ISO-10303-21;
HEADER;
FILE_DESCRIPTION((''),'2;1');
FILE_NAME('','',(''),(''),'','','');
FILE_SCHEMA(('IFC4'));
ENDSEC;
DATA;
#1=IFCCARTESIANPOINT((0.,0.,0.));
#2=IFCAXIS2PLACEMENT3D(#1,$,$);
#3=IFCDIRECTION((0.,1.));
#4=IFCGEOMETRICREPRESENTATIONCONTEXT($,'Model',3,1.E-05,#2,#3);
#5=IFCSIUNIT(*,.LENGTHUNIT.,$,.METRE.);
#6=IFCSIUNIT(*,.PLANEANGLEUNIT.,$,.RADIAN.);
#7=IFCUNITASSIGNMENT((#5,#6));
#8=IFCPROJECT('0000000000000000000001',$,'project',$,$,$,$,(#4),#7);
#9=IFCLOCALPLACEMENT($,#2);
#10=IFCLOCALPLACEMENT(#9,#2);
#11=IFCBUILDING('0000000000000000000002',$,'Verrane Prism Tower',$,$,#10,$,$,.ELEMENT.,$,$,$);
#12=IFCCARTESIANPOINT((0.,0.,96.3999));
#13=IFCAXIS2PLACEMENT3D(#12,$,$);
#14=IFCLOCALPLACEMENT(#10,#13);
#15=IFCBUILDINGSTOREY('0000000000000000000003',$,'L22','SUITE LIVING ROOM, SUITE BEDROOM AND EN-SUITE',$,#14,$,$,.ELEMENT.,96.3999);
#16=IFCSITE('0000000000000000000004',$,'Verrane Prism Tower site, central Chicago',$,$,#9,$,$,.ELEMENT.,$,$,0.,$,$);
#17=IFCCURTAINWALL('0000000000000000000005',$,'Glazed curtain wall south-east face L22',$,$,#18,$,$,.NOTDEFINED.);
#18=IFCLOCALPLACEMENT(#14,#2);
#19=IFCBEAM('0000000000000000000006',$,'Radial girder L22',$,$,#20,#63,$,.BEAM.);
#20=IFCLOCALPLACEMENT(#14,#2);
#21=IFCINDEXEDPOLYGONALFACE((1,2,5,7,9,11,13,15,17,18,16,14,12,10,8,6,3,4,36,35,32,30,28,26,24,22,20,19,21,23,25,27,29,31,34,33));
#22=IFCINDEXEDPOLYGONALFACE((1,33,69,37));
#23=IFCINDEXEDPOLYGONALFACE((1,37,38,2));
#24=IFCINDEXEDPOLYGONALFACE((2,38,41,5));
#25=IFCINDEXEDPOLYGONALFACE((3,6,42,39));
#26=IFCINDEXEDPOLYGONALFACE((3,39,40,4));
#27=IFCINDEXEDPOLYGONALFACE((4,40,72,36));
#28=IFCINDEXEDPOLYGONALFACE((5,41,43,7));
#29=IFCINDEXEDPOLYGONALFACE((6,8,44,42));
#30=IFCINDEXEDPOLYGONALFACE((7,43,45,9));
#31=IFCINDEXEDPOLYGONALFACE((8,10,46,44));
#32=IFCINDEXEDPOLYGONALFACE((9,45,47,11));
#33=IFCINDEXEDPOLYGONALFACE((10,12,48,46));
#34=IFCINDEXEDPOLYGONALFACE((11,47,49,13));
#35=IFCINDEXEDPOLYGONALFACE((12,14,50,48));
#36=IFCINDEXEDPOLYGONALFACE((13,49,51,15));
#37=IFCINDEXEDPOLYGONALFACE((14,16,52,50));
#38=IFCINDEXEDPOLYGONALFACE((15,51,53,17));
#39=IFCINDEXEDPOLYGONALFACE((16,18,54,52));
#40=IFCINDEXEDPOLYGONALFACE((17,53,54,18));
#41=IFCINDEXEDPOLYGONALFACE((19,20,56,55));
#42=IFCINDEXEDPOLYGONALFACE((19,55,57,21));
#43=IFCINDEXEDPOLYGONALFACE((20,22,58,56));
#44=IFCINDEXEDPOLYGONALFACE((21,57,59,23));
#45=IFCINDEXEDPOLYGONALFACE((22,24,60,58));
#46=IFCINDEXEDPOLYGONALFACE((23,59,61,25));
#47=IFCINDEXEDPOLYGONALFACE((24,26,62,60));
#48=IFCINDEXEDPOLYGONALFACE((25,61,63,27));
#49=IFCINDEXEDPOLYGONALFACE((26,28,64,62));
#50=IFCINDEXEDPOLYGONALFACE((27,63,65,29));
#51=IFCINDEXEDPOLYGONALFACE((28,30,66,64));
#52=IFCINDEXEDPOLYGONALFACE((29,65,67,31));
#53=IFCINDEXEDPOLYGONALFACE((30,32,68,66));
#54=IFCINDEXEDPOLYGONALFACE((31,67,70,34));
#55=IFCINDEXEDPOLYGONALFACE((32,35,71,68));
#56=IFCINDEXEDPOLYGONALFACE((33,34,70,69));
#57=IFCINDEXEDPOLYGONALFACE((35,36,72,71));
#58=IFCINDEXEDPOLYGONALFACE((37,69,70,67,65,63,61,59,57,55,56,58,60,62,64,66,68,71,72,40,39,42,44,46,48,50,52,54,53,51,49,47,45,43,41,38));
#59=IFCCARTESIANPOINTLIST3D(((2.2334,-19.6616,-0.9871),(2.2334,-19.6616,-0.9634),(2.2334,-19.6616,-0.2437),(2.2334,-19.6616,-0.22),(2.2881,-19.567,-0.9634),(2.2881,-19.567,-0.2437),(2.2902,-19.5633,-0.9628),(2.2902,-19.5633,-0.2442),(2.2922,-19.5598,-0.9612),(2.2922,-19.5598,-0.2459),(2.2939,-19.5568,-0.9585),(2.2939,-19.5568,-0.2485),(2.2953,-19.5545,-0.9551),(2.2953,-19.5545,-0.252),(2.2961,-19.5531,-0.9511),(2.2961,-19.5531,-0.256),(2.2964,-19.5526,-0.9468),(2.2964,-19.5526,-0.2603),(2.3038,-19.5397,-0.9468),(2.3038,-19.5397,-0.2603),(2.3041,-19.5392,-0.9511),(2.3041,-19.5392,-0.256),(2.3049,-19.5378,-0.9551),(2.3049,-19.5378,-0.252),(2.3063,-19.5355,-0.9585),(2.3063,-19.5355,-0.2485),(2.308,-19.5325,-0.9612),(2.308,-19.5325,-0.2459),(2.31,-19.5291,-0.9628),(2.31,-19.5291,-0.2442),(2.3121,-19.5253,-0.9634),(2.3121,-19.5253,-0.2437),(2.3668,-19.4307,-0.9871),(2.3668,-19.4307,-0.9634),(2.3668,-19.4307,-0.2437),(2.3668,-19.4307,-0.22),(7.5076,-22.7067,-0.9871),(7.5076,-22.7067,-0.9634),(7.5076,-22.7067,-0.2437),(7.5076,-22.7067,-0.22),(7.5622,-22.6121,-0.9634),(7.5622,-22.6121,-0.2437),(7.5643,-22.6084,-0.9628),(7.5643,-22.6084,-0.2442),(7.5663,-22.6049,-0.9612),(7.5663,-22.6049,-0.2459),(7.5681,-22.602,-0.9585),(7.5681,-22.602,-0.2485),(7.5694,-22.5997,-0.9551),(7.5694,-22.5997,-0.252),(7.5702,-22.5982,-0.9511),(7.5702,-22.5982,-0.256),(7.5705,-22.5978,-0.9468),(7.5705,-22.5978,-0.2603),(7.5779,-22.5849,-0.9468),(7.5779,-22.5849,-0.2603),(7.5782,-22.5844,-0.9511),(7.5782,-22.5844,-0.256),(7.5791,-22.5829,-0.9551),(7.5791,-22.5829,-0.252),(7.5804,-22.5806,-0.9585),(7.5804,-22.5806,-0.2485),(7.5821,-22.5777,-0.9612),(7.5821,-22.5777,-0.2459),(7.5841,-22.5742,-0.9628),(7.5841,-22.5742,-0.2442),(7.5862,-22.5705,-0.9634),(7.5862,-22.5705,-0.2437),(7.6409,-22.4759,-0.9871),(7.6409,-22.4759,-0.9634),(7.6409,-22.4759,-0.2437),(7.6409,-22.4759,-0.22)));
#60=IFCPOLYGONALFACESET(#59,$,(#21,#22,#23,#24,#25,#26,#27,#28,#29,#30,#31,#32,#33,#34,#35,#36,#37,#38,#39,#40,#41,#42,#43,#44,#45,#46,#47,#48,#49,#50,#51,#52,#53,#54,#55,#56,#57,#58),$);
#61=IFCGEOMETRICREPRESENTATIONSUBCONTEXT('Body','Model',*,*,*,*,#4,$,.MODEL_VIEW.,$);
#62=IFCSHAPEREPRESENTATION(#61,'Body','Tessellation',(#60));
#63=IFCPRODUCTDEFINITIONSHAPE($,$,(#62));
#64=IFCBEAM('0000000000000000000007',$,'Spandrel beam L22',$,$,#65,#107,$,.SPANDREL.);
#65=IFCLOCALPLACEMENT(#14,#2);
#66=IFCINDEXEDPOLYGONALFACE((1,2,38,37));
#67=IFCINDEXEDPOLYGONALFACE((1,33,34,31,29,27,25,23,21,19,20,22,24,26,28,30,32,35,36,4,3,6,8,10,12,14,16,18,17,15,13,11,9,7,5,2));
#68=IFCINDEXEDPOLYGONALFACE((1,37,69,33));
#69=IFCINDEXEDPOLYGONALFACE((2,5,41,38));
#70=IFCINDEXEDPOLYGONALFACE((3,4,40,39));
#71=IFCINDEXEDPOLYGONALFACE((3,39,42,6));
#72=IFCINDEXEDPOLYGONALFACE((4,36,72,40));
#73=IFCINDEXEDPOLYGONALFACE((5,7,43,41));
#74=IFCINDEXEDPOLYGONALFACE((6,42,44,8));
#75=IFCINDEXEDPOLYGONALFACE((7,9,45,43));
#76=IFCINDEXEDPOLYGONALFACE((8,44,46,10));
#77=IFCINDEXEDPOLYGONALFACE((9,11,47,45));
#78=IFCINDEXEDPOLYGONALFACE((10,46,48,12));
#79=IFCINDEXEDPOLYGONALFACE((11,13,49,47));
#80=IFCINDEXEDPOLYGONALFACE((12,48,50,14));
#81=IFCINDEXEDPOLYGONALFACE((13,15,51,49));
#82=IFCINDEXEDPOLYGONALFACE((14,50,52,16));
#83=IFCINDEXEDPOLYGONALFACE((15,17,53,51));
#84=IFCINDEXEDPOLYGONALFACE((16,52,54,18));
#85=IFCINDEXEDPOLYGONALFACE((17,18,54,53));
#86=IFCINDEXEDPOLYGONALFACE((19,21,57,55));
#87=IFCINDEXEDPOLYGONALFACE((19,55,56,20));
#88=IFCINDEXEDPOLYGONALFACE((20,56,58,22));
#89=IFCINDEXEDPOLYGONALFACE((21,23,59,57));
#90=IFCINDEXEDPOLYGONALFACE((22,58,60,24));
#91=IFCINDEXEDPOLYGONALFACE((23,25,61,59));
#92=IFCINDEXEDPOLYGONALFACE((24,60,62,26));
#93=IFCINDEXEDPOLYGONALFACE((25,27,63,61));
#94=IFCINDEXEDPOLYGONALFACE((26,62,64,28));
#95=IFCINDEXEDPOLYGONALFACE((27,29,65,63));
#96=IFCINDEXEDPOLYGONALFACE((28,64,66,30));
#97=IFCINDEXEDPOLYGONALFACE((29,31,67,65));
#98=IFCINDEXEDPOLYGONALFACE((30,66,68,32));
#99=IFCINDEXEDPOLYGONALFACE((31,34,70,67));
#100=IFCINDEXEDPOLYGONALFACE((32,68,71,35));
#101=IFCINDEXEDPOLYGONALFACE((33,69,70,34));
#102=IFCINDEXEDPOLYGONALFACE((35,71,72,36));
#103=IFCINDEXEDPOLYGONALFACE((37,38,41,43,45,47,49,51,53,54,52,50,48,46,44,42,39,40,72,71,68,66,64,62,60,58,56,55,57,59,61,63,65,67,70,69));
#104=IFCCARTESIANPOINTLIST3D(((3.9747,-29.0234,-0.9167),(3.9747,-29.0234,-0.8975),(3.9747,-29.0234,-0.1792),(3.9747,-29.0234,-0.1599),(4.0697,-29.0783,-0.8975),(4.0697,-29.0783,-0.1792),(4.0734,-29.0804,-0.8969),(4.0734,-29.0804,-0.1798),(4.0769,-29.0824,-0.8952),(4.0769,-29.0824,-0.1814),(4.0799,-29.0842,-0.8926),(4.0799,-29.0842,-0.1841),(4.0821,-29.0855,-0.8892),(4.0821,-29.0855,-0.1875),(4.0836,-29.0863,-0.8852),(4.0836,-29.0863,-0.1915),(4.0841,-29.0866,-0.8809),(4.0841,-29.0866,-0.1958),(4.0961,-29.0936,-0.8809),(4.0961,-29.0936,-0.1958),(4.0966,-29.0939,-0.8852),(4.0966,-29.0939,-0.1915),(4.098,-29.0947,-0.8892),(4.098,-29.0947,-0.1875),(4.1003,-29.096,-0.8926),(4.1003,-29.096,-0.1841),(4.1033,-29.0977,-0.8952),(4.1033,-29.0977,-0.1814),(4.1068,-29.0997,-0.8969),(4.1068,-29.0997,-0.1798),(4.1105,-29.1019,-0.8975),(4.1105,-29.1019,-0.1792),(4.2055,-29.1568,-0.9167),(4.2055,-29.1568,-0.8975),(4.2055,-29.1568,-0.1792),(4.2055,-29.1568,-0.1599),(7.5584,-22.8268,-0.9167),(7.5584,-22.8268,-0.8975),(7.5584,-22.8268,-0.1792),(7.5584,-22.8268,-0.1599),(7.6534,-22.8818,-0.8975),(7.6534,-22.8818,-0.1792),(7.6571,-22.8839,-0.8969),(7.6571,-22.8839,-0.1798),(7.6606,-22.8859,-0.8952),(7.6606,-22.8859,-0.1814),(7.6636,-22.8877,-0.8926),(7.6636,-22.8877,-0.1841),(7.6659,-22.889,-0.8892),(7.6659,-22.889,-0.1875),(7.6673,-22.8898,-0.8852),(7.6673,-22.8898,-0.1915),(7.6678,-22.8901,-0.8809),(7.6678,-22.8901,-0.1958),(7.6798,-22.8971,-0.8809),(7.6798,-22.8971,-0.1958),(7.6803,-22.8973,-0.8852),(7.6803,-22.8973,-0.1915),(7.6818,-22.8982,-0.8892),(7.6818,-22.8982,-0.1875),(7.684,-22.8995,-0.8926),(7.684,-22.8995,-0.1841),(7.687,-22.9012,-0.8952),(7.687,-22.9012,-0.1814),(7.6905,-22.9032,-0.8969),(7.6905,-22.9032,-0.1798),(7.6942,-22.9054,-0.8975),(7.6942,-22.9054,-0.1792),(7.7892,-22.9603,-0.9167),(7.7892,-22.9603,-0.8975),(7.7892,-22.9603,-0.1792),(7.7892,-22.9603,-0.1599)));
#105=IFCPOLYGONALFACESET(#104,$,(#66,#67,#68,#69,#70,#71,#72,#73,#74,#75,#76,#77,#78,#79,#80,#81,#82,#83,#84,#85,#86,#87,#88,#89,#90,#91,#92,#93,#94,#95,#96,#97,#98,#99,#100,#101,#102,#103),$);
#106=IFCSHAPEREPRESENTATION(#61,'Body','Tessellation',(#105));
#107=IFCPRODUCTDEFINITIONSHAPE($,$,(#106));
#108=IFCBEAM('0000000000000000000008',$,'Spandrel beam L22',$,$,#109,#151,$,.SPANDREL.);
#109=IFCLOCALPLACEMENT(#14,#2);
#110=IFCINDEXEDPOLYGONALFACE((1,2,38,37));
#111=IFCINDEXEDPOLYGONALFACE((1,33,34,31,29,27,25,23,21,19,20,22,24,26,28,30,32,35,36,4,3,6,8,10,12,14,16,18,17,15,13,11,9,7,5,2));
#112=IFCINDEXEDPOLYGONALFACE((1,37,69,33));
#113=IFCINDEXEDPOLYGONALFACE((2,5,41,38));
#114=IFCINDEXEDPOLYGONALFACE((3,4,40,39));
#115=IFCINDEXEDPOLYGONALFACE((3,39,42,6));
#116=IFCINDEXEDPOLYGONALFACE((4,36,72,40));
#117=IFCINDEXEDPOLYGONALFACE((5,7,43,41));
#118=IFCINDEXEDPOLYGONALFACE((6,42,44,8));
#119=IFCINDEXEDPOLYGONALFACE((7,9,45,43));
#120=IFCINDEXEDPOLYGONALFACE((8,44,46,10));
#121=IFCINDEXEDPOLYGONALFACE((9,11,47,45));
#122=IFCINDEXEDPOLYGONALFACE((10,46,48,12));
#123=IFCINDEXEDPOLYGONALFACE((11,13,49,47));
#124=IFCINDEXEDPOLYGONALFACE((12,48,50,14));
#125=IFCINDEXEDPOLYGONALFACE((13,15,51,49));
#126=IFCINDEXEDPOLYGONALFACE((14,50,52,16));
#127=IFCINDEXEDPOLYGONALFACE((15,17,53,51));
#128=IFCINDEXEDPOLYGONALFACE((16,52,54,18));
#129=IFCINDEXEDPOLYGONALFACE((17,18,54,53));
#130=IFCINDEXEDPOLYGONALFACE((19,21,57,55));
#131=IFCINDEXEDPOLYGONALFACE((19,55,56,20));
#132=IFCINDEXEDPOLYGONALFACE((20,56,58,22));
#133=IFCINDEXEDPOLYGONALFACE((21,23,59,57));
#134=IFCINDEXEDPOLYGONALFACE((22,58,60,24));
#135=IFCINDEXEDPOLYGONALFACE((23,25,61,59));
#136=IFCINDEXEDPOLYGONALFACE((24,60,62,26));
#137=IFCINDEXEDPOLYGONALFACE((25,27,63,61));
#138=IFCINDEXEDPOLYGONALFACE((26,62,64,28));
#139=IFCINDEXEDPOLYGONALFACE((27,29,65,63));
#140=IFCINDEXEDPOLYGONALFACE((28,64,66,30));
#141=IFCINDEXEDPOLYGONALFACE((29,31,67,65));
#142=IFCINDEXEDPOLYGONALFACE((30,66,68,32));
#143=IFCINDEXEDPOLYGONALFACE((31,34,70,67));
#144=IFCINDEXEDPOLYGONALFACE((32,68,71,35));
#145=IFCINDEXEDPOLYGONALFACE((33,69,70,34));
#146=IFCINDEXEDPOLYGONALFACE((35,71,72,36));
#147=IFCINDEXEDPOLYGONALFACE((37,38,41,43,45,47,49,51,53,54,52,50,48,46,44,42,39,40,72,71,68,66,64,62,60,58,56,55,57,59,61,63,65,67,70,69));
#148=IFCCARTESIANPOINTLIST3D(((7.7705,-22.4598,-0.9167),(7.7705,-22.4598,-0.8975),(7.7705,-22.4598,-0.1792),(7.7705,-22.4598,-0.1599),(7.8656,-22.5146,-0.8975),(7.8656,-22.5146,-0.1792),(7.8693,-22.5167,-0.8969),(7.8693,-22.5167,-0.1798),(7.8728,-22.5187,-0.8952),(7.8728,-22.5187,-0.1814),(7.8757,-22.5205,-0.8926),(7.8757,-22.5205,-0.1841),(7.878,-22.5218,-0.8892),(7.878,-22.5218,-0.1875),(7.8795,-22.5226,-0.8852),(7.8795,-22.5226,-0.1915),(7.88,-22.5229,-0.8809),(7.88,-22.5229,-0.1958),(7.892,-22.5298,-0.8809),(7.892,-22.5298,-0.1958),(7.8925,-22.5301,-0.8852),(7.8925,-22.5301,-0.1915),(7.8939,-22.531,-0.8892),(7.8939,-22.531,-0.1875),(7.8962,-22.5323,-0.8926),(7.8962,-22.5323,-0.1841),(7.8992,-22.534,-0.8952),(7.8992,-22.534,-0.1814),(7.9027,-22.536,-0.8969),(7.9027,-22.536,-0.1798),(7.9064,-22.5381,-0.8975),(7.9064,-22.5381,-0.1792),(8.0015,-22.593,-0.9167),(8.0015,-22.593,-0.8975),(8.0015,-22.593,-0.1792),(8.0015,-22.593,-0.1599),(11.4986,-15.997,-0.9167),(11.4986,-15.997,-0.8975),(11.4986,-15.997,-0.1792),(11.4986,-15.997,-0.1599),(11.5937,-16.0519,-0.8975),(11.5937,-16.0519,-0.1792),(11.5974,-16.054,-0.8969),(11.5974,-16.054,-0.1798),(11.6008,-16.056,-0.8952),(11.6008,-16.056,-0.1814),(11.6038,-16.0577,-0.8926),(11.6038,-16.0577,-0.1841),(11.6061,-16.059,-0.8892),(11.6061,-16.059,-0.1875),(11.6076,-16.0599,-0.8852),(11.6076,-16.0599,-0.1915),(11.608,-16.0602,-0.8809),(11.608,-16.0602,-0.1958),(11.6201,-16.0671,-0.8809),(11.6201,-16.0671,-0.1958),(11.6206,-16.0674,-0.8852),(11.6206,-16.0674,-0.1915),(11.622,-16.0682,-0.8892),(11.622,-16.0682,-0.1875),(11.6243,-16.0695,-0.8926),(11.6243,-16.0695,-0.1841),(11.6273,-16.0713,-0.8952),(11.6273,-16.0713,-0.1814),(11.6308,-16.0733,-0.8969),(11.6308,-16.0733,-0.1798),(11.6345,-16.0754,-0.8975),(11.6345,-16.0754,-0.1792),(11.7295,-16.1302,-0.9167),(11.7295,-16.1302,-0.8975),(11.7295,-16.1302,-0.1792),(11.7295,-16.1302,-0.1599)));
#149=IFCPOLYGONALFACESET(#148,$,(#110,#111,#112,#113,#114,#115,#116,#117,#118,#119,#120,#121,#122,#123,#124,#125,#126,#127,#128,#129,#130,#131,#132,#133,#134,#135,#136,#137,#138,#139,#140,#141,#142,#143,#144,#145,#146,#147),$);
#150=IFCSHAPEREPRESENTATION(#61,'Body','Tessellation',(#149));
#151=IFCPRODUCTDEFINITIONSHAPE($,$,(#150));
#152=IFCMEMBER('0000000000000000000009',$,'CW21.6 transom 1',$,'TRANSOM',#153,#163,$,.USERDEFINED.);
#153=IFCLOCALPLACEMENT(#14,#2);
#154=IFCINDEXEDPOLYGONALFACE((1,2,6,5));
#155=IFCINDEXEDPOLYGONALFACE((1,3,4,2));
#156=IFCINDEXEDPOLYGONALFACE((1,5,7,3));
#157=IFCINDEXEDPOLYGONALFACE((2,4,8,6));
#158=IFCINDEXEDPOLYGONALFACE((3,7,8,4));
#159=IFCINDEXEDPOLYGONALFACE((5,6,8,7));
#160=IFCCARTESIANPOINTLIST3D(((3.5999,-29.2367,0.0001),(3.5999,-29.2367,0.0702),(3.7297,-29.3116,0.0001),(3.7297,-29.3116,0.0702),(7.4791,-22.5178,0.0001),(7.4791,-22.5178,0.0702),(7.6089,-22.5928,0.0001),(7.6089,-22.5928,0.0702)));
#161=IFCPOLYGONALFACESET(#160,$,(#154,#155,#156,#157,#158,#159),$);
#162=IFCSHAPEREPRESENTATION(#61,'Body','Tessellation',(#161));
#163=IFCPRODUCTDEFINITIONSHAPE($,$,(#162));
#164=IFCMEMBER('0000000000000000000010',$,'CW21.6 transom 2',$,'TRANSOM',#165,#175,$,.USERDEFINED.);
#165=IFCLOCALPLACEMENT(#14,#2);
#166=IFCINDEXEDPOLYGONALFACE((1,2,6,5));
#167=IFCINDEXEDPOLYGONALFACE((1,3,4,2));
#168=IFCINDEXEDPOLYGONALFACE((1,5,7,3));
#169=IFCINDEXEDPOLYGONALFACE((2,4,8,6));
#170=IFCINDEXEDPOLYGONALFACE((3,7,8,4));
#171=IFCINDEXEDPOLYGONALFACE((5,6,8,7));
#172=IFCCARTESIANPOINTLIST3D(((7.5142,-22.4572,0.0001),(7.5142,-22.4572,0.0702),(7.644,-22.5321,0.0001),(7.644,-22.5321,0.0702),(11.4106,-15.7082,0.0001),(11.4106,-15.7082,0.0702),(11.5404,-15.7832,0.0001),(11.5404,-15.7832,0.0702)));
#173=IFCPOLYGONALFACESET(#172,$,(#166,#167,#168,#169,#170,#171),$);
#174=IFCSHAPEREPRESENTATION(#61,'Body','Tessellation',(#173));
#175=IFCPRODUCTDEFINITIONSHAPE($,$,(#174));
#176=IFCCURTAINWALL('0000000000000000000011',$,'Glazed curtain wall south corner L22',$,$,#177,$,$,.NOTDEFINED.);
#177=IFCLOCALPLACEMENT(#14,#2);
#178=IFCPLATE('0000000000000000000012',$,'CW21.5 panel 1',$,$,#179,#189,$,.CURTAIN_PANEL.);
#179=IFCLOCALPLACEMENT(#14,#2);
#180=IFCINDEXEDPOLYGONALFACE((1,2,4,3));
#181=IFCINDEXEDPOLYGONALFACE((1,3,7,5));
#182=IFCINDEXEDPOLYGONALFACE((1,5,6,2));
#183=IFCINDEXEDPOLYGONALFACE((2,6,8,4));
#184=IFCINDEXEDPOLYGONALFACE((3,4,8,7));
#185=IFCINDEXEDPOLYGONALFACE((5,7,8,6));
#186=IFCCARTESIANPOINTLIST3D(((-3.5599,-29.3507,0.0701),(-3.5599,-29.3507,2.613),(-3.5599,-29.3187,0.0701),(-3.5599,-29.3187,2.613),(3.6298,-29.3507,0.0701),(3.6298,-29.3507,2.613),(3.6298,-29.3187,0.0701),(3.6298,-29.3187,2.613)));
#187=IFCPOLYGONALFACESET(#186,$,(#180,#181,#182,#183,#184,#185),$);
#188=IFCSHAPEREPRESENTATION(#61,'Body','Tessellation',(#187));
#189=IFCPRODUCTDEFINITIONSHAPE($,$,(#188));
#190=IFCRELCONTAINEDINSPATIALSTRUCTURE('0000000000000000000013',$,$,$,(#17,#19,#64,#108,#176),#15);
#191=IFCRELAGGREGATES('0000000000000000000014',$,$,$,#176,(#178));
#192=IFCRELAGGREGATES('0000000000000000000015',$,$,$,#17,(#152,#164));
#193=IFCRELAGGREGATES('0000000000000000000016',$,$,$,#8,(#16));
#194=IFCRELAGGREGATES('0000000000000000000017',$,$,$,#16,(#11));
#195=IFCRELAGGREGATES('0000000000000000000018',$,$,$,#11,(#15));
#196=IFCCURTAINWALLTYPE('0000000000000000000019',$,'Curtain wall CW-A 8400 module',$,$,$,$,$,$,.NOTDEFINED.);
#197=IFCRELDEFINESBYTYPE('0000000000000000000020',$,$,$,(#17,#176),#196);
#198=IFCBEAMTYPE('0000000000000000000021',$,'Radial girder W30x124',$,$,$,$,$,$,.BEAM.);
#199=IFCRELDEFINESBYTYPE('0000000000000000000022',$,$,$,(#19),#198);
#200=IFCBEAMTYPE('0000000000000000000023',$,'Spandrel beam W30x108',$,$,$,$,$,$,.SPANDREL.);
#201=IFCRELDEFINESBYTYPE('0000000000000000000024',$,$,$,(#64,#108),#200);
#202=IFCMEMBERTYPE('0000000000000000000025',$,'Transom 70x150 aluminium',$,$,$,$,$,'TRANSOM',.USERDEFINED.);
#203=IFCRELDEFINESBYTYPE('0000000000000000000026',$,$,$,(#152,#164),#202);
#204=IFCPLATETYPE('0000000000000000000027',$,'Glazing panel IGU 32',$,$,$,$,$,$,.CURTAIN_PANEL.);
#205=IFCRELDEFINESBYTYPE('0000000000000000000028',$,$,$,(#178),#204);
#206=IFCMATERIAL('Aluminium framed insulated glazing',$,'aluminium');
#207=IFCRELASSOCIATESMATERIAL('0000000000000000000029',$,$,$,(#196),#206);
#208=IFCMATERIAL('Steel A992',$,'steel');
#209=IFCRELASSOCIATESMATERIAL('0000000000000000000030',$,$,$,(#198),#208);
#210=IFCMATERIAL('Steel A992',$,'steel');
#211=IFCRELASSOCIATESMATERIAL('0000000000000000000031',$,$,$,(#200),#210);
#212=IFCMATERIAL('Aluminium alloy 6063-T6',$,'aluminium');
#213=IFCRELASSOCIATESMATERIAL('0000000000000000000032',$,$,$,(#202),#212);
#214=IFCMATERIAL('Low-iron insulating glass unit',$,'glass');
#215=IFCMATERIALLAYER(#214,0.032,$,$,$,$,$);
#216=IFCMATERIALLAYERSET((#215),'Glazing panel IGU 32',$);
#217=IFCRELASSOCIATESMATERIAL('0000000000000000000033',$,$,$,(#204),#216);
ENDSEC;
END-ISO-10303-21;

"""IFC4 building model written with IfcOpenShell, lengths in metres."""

from ifc_helpers import new_model, si_unit, direction, frame, origin, origin_2d, place, context, subcontext, project, spatial, rectangle, i_section, extrude, material, layer, layer_set, material_profile, profile_set, type_object, element, aggregate, save


model = new_model("IFC4")

# Units and contexts
model_context = context("Model", 3, precision=1e-05, world=origin(), true_north=direction((0.0, 1.0)))
body_context = subcontext(model_context, "Body", "Model", "MODEL_VIEW")
ifc_project = project(units=[si_unit("LENGTHUNIT", "METRE"), si_unit("PLANEANGLEUNIT", "RADIAN")], contexts=[model_context])

# Site, building, storey
site_placement = place(None, origin())
site = spatial("IfcSite", under=ifc_project, at=site_placement, Name="Verrane Prism Tower site, central Chicago", CompositionType="ELEMENT", RefElevation=0.0)
building_placement = place(site_placement, origin())
building = spatial("IfcBuilding", under=site, at=building_placement, Name="Verrane Prism Tower", CompositionType="ELEMENT")
storey_placement = place(building_placement, frame((0.0, 0.0, 96.3999)))
storey = spatial("IfcBuildingStorey", under=building, at=storey_placement, Name="L22", Description="SUITE LIVING ROOM, SUITE BEDROOM AND EN-SUITE", CompositionType="ELEMENT", Elevation=96.3999)

# Curtain wall
ifc_material_1 = material(Name="Aluminium framed insulated glazing", Category="aluminium")
curtain_wall_type = type_object("IfcCurtainWallType", Name="Curtain wall CW-A 8400 module", PredefinedType="NOTDEFINED", material=ifc_material_1)
curtain_wall_1_placement = place(storey_placement, origin())
curtain_wall_1 = element("IfcCurtainWall", 1, at=curtain_wall_1_placement, inside=storey, type_object=curtain_wall_type, Name="Glazed curtain wall south-east face L22", PredefinedType="NOTDEFINED")

# Beams
ifc_material_2 = material(Name="Steel A992", Category="steel")
ifc_material_profile_1 = material_profile(ifc_material_2, i_section(OverallWidth=0.2666, OverallDepth=0.7671, WebThickness=0.0149, FlangeThickness=0.0237, FilletRadius=0.0166, at=origin_2d()), Name="W30x124")
ifc_profile_set_1 = profile_set([ifc_material_profile_1], Name="Steel A992")
beam_type_1 = type_object("IfcBeamType", Name="Radial girder W30x124", PredefinedType="BEAM", material=ifc_profile_set_1)
beam_1_placement = place(storey_placement, frame((7.5742, -22.5913, -0.6035), z_axis=(-0.866017, 0.500015, 0.0), x_axis=(-0.500015, -0.866017, 0.0)))
element("IfcBeam", 2, at=beam_1_placement, inside=storey, type_object=beam_type_1, Name="Radial girder L22", PredefinedType="BEAM", context=body_context, shape_type="SweptSolid", body=[
    extrude(i_section(OverallWidth=0.2666, OverallDepth=0.7671, WebThickness=0.0149, FlangeThickness=0.0237, FilletRadius=0.0166, at=origin_2d()), origin(), (0.0, 0.0, 1.0), 6.0901),
])
ifc_material_3 = material(Name="Steel A992", Category="steel")
ifc_material_profile_2 = material_profile(ifc_material_3, i_section(OverallWidth=0.2666, OverallDepth=0.7568, WebThickness=0.0139, FlangeThickness=0.0193, FilletRadius=0.0166, at=origin_2d()), Name="W30x108")
ifc_profile_set_2 = profile_set([ifc_material_profile_2], Name="Steel A992")
beam_type_2 = type_object("IfcBeamType", Name="Spandrel beam W30x108", PredefinedType="SPANDREL", material=ifc_profile_set_2)
beam_2_placement = place(storey_placement, frame((4.0901, -29.0901, -0.5383), z_axis=(0.500646, 0.865652, 0.0), x_axis=(-0.865652, 0.500646, 0.0)))
element("IfcBeam", 3, at=beam_2_placement, inside=storey, type_object=beam_type_2, Name="Spandrel beam L22", PredefinedType="SPANDREL", context=body_context, shape_type="SweptSolid", body=[
    extrude(i_section(OverallWidth=0.2666, OverallDepth=0.7568, WebThickness=0.0139, FlangeThickness=0.0193, FilletRadius=0.0166, at=origin_2d()), origin(), (0.0, 0.0, 1.0), 7.1582),
])
beam_3_placement = place(storey_placement, frame((7.886, -22.5264, -0.5383), z_axis=(0.49968, 0.86621, 0.0), x_axis=(-0.86621, 0.49968, 0.0)))
element("IfcBeam", 4, at=beam_3_placement, inside=storey, type_object=beam_type_2, Name="Spandrel beam L22", PredefinedType="SPANDREL", context=body_context, shape_type="SweptSolid", body=[
    extrude(i_section(OverallWidth=0.2666, OverallDepth=0.7568, WebThickness=0.0139, FlangeThickness=0.0193, FilletRadius=0.0166, at=origin_2d()), origin(), (0.0, 0.0, 1.0), 7.4609),
])

# Members
ifc_material_4 = material(Name="Aluminium alloy 6063-T6", Category="aluminium")
ifc_material_profile_3 = material_profile(ifc_material_4, rectangle(XDim=0.1499, YDim=0.0701, at=origin_2d()), Name="Transom 70x150 aluminium")
ifc_profile_set_3 = profile_set([ifc_material_profile_3], Name="Aluminium alloy 6063-T6")
member_type_1 = type_object("IfcMemberType", Name="Transom 70x150 aluminium", ElementType="TRANSOM", PredefinedType="USERDEFINED", material=ifc_profile_set_3)
member_1_placement = place(storey_placement, frame((3.6648, -29.2742, 0.0352), z_axis=(0.500008, 0.866021, 0.0), x_axis=(-0.866021, 0.500008, 0.0)))
member_1 = element("IfcMember", 5, at=member_1_placement, type_object=member_type_1, Name="CW21.6 transom 1", ObjectType="TRANSOM", PredefinedType="USERDEFINED", context=body_context, shape_type="SweptSolid", body=[
    extrude(rectangle(XDim=0.1499, YDim=0.0701, at=origin_2d()), origin(), (0.0, 0.0, 1.0), 7.7583),
])
member_2_placement = place(storey_placement, frame((7.5791, -22.4946, 0.0352), z_axis=(0.499994, 0.866029, 0.0), x_axis=(-0.866029, 0.499994, 0.0)))
member_2 = element("IfcMember", 6, at=member_2_placement, type_object=member_type_1, Name="CW21.6 transom 2", ObjectType="TRANSOM", PredefinedType="USERDEFINED", context=body_context, shape_type="SweptSolid", body=[
    extrude(rectangle(XDim=0.1499, YDim=0.0701, at=origin_2d()), origin(), (0.0, 0.0, 1.0), 7.793),
])

# Curtain wall, plate
curtain_wall_2_placement = place(storey_placement, origin())
curtain_wall_2 = element("IfcCurtainWall", 7, at=curtain_wall_2_placement, inside=storey, type_object=curtain_wall_type, Name="Glazed curtain wall south corner L22", PredefinedType="NOTDEFINED")
ifc_material_5 = material(Name="Low-iron insulating glass unit", Category="glass")
ifc_layer_1 = layer(ifc_material_5, 0.032)
ifc_layer_set_1 = layer_set([ifc_layer_1], Name="Glazing panel IGU 32")
plate_type = type_object("IfcPlateType", Name="Glazing panel IGU 32", PredefinedType="CURTAIN_PANEL", material=ifc_layer_set_1)
plate_1_placement = place(storey_placement, frame((0.0349, -29.3347, 0.0701), z_axis=(0.0, 0.0, 1.0), x_axis=(1.0, 0.0, 0.0)))
plate_1 = element("IfcPlate", 8, at=plate_1_placement, type_object=plate_type, Name="CW21.5 panel 1", PredefinedType="CURTAIN_PANEL", context=body_context, shape_type="SweptSolid", body=[
    extrude(rectangle(XDim=7.1897, YDim=0.032, at=origin_2d()), origin(), (0.0, 0.0, 1.0), 2.543),
])
aggregate(curtain_wall_2, [plate_1])

aggregate(curtain_wall_1, [member_1, member_2])

save(model, "model.ifc")
